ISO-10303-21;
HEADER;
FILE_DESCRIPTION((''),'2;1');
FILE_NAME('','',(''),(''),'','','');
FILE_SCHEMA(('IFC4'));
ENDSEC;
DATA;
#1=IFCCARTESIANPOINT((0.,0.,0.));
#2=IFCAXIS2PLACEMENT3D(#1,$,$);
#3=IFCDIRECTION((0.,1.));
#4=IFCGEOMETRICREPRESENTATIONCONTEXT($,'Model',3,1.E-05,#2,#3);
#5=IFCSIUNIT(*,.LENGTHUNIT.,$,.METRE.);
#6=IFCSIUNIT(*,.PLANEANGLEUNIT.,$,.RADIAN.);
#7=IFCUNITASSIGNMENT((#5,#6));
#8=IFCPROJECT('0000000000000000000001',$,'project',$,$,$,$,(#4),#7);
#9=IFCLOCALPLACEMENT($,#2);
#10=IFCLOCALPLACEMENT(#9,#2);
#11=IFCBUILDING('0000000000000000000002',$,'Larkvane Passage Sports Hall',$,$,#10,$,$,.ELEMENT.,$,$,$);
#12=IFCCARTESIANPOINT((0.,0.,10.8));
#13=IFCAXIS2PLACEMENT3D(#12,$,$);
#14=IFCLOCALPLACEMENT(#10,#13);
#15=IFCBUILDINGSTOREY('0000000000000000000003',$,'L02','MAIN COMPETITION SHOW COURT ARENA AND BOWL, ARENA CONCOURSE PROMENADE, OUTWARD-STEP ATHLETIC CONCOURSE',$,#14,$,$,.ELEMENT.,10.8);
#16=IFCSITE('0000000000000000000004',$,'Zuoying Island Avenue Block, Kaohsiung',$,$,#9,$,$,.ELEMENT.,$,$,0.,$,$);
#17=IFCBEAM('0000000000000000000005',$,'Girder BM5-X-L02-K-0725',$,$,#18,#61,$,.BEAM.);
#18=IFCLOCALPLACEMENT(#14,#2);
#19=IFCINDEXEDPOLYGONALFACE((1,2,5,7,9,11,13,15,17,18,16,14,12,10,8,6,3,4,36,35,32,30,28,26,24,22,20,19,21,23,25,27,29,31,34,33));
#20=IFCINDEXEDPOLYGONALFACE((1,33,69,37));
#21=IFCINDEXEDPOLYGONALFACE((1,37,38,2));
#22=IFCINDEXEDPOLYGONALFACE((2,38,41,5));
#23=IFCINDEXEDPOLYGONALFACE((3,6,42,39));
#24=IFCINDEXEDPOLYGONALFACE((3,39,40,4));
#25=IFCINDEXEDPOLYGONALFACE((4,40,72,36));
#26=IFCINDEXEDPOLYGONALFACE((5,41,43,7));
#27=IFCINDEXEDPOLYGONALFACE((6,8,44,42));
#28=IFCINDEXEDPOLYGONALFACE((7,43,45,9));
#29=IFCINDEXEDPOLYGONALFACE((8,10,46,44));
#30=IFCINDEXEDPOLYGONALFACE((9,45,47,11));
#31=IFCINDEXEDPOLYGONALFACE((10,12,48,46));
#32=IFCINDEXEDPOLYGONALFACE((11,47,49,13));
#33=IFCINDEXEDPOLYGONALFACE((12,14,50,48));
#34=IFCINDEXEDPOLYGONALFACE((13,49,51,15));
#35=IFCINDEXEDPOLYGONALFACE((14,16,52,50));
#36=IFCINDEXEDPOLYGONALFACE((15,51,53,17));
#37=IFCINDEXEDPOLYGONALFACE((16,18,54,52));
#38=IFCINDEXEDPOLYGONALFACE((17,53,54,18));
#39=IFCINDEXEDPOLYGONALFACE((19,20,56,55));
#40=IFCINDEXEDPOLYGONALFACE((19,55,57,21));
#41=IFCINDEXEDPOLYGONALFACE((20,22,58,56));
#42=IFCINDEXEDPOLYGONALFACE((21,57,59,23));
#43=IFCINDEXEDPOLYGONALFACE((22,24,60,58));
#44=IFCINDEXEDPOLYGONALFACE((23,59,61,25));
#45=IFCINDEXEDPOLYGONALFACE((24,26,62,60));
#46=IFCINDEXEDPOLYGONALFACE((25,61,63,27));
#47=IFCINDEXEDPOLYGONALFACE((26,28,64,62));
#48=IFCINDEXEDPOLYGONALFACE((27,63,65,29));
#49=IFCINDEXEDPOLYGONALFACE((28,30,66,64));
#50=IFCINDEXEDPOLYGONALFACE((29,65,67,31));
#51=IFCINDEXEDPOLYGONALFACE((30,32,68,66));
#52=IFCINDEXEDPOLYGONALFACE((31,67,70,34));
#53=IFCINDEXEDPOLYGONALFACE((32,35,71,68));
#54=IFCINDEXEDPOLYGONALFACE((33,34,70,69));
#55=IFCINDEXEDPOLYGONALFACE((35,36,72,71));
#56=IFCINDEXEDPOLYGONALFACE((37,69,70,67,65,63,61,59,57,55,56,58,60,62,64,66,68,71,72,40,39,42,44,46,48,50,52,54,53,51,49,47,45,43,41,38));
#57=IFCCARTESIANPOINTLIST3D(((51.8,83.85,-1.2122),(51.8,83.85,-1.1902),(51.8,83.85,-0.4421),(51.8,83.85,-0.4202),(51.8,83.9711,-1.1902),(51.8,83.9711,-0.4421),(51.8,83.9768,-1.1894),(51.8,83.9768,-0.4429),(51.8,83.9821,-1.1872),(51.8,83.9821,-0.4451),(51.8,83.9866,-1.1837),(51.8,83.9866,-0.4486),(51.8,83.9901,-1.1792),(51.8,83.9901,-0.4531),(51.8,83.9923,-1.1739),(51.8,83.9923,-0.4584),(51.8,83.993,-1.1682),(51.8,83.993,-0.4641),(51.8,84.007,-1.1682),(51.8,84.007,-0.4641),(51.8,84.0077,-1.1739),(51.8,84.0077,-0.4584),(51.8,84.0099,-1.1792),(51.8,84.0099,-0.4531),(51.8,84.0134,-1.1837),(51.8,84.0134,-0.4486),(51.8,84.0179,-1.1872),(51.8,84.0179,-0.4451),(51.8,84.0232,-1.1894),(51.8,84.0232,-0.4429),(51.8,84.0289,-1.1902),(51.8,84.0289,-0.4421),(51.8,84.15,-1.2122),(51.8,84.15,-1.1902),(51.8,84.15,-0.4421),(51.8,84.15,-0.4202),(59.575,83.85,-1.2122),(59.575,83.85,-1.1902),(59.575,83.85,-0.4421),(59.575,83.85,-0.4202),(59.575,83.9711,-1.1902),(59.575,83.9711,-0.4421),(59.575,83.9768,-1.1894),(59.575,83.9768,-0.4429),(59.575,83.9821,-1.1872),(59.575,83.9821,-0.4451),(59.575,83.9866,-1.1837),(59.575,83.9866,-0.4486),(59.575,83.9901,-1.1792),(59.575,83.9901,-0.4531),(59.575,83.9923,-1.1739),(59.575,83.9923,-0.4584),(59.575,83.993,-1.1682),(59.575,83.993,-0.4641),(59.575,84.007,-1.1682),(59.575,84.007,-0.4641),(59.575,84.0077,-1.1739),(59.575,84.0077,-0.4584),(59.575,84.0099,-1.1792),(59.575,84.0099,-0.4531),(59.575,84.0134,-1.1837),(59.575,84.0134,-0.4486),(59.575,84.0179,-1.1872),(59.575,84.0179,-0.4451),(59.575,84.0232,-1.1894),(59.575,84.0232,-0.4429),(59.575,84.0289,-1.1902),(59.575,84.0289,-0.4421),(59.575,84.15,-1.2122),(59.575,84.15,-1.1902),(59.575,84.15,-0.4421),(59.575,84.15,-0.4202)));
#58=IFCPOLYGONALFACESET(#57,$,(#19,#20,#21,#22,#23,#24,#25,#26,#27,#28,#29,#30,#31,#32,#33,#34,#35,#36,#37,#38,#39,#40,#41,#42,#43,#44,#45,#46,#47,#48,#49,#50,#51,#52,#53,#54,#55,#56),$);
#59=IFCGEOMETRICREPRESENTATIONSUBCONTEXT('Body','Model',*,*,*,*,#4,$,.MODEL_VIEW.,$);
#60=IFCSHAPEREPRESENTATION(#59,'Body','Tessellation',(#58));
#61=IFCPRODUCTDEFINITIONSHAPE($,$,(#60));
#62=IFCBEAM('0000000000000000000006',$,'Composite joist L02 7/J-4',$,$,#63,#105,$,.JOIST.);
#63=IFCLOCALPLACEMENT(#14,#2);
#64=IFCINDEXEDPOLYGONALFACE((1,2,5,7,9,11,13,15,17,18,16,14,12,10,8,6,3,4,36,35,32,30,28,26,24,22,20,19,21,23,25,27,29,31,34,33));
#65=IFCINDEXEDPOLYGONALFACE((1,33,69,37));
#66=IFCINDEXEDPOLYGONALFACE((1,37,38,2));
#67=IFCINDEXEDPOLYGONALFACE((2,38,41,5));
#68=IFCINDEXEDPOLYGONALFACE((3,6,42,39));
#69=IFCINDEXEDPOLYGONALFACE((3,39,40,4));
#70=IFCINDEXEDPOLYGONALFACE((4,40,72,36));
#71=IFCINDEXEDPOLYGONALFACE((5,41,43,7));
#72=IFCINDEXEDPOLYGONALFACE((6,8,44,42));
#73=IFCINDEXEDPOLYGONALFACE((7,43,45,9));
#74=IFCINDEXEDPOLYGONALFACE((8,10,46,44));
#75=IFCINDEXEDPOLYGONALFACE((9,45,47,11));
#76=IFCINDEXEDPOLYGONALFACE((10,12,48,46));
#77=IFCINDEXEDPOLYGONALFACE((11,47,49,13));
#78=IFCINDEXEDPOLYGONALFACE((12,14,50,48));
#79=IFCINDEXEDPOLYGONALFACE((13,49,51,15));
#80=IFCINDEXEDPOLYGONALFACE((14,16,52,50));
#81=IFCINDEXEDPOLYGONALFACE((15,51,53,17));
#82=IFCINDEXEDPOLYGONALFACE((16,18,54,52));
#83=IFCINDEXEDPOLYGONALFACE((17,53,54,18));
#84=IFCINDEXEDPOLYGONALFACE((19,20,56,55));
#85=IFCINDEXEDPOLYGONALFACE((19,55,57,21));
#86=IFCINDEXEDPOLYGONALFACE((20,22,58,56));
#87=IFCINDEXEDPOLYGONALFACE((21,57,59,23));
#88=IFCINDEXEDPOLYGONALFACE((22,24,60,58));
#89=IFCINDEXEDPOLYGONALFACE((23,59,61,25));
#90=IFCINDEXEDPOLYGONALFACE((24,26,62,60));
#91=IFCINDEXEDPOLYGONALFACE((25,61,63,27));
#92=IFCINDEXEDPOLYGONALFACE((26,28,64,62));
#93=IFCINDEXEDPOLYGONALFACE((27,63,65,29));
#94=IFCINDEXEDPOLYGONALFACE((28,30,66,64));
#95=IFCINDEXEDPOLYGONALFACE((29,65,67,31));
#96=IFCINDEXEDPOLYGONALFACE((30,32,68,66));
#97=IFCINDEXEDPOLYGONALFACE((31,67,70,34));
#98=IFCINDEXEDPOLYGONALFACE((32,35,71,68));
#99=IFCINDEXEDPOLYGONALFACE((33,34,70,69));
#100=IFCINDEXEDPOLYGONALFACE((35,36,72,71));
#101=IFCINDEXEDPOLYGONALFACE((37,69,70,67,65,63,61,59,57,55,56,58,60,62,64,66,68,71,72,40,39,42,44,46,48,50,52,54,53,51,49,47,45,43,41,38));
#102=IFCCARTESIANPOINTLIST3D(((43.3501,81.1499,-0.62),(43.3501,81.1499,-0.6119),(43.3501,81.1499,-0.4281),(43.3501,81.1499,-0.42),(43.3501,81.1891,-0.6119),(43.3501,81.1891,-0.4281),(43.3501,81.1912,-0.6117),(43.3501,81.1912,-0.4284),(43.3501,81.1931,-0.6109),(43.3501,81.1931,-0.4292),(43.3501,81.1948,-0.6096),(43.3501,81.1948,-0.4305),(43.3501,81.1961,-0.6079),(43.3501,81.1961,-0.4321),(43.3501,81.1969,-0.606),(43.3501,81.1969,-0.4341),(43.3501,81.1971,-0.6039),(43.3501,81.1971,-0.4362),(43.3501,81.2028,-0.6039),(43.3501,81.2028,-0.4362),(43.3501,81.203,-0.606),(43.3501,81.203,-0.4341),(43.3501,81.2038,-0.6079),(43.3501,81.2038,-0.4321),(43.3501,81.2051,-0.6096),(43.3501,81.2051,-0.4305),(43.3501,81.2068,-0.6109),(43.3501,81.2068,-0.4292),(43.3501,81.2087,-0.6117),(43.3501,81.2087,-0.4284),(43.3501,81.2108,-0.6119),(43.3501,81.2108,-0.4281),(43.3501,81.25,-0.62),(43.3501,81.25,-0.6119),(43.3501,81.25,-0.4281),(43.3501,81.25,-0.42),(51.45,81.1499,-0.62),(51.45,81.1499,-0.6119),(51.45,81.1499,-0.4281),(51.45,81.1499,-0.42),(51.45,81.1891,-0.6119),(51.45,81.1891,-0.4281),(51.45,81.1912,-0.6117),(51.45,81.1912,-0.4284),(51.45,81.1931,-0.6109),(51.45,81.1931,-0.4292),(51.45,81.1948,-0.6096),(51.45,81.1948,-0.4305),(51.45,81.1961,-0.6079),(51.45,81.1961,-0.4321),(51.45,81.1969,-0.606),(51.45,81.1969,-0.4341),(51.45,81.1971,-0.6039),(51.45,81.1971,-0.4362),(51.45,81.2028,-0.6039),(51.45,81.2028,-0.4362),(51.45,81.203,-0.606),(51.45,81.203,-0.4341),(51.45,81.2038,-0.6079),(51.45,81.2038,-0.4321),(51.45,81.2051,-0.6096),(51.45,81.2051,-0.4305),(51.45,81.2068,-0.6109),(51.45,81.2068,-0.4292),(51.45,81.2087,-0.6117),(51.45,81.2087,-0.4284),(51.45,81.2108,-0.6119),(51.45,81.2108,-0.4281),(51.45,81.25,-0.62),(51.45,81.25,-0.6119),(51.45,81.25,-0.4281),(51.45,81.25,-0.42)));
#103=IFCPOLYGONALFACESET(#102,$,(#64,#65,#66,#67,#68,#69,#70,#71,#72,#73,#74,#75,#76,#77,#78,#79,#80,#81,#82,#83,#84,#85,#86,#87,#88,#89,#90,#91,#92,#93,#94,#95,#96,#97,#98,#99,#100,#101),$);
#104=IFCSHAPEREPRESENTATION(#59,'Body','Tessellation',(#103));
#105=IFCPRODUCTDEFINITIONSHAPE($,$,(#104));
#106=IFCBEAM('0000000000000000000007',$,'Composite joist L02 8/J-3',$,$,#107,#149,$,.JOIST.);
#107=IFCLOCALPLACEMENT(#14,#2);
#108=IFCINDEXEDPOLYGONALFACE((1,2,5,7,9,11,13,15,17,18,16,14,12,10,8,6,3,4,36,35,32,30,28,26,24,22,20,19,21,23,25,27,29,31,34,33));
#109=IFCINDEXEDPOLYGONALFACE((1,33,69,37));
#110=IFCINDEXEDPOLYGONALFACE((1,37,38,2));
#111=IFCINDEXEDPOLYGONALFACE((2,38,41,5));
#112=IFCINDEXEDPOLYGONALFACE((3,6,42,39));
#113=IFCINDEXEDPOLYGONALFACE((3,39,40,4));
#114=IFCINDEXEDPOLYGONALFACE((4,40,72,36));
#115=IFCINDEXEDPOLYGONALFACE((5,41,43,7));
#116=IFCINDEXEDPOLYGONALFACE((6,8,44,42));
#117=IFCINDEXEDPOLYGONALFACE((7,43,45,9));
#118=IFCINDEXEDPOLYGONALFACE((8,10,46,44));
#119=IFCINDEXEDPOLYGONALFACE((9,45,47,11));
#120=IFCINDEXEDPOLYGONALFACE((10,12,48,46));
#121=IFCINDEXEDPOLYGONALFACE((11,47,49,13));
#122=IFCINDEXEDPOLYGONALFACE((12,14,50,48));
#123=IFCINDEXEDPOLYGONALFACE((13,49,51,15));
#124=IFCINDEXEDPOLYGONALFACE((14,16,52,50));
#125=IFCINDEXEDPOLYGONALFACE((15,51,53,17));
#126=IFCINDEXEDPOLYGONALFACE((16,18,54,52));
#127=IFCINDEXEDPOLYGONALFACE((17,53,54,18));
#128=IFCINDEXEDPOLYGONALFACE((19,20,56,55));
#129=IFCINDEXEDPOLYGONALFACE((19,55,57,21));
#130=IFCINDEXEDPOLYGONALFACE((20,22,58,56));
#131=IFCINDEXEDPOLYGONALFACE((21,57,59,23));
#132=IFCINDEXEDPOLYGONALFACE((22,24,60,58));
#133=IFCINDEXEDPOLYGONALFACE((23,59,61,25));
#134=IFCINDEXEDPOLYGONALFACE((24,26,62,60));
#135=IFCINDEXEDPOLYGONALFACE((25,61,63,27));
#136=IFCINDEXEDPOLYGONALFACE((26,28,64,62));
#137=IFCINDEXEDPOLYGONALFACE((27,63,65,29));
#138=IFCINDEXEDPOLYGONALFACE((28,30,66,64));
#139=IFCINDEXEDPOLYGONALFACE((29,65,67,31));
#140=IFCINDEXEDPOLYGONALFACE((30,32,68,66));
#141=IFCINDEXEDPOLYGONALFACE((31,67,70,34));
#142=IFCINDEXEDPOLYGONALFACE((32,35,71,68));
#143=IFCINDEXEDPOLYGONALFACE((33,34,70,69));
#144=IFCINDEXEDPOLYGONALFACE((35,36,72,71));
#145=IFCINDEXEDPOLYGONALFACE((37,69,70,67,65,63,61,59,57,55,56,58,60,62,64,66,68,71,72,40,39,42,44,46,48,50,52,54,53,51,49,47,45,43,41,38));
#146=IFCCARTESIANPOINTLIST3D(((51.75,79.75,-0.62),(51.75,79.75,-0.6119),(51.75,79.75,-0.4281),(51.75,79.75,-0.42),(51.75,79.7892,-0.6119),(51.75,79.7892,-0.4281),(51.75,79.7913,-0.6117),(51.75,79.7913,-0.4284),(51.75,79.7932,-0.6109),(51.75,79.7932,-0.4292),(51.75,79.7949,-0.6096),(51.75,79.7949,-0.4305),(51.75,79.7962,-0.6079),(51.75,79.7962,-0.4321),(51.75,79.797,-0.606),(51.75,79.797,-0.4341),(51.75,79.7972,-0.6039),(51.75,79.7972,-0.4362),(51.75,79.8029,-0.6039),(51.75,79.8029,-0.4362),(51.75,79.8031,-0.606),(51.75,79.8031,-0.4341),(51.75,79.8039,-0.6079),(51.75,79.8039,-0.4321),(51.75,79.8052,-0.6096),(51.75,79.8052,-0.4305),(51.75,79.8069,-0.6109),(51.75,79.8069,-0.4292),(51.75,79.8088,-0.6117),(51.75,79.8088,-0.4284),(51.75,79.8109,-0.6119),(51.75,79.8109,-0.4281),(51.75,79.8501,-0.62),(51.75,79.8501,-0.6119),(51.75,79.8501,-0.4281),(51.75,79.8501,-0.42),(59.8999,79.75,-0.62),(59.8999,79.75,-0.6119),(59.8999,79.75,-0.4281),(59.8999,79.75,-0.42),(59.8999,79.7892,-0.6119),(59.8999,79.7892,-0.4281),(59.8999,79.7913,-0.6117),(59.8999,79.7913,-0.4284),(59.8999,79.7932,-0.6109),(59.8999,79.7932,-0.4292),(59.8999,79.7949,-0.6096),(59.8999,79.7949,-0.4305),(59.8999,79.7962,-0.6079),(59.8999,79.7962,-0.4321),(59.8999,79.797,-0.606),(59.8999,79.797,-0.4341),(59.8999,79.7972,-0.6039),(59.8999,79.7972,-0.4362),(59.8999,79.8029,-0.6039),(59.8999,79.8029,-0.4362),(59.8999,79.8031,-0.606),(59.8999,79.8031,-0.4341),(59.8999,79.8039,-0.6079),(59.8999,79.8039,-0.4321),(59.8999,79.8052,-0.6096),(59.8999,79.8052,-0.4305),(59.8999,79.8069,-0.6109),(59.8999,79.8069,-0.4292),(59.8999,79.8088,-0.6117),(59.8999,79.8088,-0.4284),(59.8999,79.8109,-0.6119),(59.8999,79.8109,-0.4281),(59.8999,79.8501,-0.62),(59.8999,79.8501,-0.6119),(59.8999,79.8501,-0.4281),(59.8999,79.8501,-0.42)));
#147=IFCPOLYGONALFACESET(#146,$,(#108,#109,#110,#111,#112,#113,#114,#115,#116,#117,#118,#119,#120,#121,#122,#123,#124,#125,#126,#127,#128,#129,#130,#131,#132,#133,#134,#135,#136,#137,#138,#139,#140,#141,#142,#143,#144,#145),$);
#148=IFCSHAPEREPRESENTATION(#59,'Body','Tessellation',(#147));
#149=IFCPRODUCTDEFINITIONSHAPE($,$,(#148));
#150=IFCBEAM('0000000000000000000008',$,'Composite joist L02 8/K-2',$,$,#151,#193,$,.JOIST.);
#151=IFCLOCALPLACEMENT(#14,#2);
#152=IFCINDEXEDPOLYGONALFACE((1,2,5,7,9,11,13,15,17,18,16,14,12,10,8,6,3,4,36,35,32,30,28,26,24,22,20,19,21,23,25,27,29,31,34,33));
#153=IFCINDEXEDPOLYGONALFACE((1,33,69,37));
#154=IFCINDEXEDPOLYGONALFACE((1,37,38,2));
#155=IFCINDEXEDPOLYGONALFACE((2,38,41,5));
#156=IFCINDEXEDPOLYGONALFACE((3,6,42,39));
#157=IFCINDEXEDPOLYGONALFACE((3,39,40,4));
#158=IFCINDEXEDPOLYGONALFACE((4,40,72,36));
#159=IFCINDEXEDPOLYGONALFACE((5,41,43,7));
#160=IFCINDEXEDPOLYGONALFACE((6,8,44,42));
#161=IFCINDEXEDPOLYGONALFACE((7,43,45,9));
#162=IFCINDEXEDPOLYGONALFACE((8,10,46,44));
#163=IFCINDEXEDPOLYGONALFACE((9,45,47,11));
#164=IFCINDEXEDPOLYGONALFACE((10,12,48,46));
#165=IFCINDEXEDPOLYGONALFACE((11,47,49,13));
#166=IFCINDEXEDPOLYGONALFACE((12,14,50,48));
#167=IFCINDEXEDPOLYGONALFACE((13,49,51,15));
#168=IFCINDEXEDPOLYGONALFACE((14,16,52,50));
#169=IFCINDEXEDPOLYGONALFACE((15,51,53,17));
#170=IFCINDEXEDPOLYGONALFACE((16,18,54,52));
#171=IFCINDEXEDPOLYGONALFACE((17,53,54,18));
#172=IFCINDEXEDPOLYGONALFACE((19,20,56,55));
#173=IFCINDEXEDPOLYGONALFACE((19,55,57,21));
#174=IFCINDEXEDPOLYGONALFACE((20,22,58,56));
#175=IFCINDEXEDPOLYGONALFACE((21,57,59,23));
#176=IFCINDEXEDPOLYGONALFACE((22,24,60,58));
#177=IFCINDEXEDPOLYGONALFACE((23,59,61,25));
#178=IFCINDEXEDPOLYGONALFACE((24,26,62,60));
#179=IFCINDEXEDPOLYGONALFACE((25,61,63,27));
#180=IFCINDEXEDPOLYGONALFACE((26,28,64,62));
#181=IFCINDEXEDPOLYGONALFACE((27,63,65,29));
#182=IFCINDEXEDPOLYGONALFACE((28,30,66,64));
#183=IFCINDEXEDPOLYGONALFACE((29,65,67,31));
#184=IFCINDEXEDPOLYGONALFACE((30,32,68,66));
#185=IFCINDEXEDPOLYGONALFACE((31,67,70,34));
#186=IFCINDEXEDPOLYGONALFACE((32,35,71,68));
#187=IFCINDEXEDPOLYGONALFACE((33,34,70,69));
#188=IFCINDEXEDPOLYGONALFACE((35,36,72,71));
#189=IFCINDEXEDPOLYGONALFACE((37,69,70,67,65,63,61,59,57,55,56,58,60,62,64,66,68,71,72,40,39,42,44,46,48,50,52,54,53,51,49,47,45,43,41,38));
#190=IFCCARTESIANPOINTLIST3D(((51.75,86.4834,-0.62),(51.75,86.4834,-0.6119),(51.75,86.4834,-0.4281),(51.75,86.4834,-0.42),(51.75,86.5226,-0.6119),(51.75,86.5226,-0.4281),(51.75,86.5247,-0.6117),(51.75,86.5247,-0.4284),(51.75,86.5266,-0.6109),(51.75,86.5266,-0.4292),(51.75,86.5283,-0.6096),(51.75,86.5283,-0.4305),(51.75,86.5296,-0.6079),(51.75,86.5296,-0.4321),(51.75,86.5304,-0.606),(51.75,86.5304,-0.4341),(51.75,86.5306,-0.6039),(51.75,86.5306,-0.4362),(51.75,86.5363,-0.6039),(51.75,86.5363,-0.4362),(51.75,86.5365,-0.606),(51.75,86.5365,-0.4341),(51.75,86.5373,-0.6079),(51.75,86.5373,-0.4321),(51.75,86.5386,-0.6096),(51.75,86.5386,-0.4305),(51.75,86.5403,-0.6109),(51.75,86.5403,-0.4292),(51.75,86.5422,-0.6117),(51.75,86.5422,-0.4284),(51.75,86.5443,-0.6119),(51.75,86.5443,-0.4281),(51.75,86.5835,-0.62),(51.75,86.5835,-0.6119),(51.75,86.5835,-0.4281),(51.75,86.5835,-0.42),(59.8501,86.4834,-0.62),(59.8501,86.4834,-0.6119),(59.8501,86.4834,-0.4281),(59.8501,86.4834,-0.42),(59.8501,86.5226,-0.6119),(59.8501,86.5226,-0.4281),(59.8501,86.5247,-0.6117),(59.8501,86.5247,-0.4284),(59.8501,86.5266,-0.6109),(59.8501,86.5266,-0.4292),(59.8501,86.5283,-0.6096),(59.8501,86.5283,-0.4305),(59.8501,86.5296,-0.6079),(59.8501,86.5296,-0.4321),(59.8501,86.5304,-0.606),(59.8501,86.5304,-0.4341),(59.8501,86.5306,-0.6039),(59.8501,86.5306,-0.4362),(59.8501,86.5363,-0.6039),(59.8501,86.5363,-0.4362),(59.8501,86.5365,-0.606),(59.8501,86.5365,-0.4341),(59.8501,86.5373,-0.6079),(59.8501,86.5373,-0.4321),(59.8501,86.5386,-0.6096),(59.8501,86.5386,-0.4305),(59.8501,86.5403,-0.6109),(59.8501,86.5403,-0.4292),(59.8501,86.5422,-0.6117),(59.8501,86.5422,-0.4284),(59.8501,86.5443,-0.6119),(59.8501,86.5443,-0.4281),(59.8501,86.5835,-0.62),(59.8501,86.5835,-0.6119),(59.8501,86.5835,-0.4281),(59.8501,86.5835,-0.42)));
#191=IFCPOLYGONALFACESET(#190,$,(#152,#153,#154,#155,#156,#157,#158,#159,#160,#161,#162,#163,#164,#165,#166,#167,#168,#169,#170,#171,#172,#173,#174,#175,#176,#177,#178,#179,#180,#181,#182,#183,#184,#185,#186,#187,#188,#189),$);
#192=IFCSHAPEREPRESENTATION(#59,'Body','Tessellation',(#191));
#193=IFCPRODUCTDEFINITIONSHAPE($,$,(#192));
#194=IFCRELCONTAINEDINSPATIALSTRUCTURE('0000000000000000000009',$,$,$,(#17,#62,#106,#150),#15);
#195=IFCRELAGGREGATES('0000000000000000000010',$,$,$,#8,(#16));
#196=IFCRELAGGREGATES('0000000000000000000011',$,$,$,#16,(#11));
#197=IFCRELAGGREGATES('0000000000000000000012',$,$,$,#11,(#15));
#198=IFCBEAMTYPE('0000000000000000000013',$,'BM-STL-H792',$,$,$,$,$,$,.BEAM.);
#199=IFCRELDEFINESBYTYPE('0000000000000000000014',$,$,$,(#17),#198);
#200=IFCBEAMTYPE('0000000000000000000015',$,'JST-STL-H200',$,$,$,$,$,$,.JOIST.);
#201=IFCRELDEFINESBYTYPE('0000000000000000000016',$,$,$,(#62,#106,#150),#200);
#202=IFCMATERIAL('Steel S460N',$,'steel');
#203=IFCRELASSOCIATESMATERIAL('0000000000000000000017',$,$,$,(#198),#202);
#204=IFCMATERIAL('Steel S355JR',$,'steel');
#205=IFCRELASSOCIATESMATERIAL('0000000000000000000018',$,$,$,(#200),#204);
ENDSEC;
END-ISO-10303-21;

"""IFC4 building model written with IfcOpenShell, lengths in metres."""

from ifc_helpers import new_model, si_unit, direction, frame, origin, origin_2d, place, context, subcontext, project, spatial, i_section, extrude, material, material_profile, profile_set, type_object, element, save


model = new_model("IFC4")

# Units and contexts
model_context = context("Model", 3, precision=1e-05, world=origin(), true_north=direction((0.0, 1.0)))
body_context = subcontext(model_context, "Body", "Model", "MODEL_VIEW")
ifc_project = project(units=[si_unit("LENGTHUNIT", "METRE"), si_unit("PLANEANGLEUNIT", "RADIAN")], contexts=[model_context])

# Site, building, storey
site_placement = place(None, origin())
site = spatial("IfcSite", under=ifc_project, at=site_placement, Name="Zuoying Island Avenue Block, Kaohsiung", CompositionType="ELEMENT", RefElevation=0.0)
building_placement = place(site_placement, origin())
building = spatial("IfcBuilding", under=site, at=building_placement, Name="Larkvane Passage Sports Hall", CompositionType="ELEMENT")
storey_placement = place(building_placement, frame((0.0, 0.0, 10.8)))
storey = spatial("IfcBuildingStorey", under=building, at=storey_placement, Name="L02", Description="MAIN COMPETITION SHOW COURT ARENA AND BOWL, ARENA CONCOURSE PROMENADE, OUTWARD-STEP ATHLETIC CONCOURSE", CompositionType="ELEMENT", Elevation=10.8)

# Shared definitions
ifc_material_1 = material(Name="Steel S355JR", Category="steel")
ifc_material_2 = material(Name="Steel S460N", Category="steel")

# Beams
ifc_material_profile_1 = material_profile(ifc_material_2, i_section(OverallWidth=0.3, OverallDepth=0.792, WebThickness=0.0139, FlangeThickness=0.022, FilletRadius=0.022, at=origin_2d()), Name="H-792x300x14x22")
ifc_profile_set_1 = profile_set([ifc_material_profile_1], Name="Steel S460N")
beam_type_1 = type_object("IfcBeamType", Name="BM-STL-H792", PredefinedType="BEAM", material=ifc_profile_set_1)
beam_1_placement = place(storey_placement, frame((51.8, 84.0, -0.8162), z_axis=(1.0, 0.0, 0.0), x_axis=(0.0, 1.0, 0.0)))
element("IfcBeam", 1, at=beam_1_placement, inside=storey, type_object=beam_type_1, Name="Girder BM5-X-L02-K-0725", PredefinedType="BEAM", context=body_context, shape_type="SweptSolid", body=[
    extrude(i_section(OverallWidth=0.3, OverallDepth=0.792, WebThickness=0.0139, FlangeThickness=0.022, FilletRadius=0.022, at=origin_2d()), origin(), (0.0, 0.0, 1.0), 7.7749),
])
ifc_material_profile_2 = material_profile(ifc_material_1, i_section(OverallWidth=0.1001, OverallDepth=0.2, WebThickness=0.0056, FlangeThickness=0.0081, FilletRadius=0.0081, at=origin_2d()), Name="H-200x100x5.5x8")
ifc_profile_set_2 = profile_set([ifc_material_profile_2], Name="Steel S355JR")
beam_type_2 = type_object("IfcBeamType", Name="JST-STL-H200", PredefinedType="JOIST", material=ifc_profile_set_2)
beam_2_placement = place(storey_placement, frame((43.3501, 81.2, -0.52), z_axis=(1.0, 0.0, 0.0), x_axis=(0.0, 1.0, 0.0)))
element("IfcBeam", 2, at=beam_2_placement, inside=storey, type_object=beam_type_2, Name="Composite joist L02 7/J-4", PredefinedType="JOIST", context=body_context, shape_type="SweptSolid", body=[
    extrude(i_section(OverallWidth=0.1001, OverallDepth=0.2, WebThickness=0.0056, FlangeThickness=0.0081, FilletRadius=0.0081, at=origin_2d()), origin(), (0.0, 0.0, 1.0), 8.0999),
])
beam_3_placement = place(storey_placement, frame((51.75, 79.8, -0.52), z_axis=(1.0, 0.0, 0.0), x_axis=(0.0, 1.0, 0.0)))
element("IfcBeam", 3, at=beam_3_placement, inside=storey, type_object=beam_type_2, Name="Composite joist L02 8/J-3", PredefinedType="JOIST", context=body_context, shape_type="SweptSolid", body=[
    extrude(i_section(OverallWidth=0.1001, OverallDepth=0.2, WebThickness=0.0056, FlangeThickness=0.0081, FilletRadius=0.0081, at=origin_2d()), origin(), (0.0, 0.0, 1.0), 8.1499),
])
beam_4_placement = place(storey_placement, frame((51.75, 86.5334, -0.52), z_axis=(1.0, 0.0, 0.0), x_axis=(0.0, 1.0, 0.0)))
element("IfcBeam", 4, at=beam_4_placement, inside=storey, type_object=beam_type_2, Name="Composite joist L02 8/K-2", PredefinedType="JOIST", context=body_context, shape_type="SweptSolid", body=[
    extrude(i_section(OverallWidth=0.1001, OverallDepth=0.2, WebThickness=0.0056, FlangeThickness=0.0081, FilletRadius=0.0081, at=origin_2d()), origin(), (0.0, 0.0, 1.0), 8.1001),
])

save(model, "model.ifc")
